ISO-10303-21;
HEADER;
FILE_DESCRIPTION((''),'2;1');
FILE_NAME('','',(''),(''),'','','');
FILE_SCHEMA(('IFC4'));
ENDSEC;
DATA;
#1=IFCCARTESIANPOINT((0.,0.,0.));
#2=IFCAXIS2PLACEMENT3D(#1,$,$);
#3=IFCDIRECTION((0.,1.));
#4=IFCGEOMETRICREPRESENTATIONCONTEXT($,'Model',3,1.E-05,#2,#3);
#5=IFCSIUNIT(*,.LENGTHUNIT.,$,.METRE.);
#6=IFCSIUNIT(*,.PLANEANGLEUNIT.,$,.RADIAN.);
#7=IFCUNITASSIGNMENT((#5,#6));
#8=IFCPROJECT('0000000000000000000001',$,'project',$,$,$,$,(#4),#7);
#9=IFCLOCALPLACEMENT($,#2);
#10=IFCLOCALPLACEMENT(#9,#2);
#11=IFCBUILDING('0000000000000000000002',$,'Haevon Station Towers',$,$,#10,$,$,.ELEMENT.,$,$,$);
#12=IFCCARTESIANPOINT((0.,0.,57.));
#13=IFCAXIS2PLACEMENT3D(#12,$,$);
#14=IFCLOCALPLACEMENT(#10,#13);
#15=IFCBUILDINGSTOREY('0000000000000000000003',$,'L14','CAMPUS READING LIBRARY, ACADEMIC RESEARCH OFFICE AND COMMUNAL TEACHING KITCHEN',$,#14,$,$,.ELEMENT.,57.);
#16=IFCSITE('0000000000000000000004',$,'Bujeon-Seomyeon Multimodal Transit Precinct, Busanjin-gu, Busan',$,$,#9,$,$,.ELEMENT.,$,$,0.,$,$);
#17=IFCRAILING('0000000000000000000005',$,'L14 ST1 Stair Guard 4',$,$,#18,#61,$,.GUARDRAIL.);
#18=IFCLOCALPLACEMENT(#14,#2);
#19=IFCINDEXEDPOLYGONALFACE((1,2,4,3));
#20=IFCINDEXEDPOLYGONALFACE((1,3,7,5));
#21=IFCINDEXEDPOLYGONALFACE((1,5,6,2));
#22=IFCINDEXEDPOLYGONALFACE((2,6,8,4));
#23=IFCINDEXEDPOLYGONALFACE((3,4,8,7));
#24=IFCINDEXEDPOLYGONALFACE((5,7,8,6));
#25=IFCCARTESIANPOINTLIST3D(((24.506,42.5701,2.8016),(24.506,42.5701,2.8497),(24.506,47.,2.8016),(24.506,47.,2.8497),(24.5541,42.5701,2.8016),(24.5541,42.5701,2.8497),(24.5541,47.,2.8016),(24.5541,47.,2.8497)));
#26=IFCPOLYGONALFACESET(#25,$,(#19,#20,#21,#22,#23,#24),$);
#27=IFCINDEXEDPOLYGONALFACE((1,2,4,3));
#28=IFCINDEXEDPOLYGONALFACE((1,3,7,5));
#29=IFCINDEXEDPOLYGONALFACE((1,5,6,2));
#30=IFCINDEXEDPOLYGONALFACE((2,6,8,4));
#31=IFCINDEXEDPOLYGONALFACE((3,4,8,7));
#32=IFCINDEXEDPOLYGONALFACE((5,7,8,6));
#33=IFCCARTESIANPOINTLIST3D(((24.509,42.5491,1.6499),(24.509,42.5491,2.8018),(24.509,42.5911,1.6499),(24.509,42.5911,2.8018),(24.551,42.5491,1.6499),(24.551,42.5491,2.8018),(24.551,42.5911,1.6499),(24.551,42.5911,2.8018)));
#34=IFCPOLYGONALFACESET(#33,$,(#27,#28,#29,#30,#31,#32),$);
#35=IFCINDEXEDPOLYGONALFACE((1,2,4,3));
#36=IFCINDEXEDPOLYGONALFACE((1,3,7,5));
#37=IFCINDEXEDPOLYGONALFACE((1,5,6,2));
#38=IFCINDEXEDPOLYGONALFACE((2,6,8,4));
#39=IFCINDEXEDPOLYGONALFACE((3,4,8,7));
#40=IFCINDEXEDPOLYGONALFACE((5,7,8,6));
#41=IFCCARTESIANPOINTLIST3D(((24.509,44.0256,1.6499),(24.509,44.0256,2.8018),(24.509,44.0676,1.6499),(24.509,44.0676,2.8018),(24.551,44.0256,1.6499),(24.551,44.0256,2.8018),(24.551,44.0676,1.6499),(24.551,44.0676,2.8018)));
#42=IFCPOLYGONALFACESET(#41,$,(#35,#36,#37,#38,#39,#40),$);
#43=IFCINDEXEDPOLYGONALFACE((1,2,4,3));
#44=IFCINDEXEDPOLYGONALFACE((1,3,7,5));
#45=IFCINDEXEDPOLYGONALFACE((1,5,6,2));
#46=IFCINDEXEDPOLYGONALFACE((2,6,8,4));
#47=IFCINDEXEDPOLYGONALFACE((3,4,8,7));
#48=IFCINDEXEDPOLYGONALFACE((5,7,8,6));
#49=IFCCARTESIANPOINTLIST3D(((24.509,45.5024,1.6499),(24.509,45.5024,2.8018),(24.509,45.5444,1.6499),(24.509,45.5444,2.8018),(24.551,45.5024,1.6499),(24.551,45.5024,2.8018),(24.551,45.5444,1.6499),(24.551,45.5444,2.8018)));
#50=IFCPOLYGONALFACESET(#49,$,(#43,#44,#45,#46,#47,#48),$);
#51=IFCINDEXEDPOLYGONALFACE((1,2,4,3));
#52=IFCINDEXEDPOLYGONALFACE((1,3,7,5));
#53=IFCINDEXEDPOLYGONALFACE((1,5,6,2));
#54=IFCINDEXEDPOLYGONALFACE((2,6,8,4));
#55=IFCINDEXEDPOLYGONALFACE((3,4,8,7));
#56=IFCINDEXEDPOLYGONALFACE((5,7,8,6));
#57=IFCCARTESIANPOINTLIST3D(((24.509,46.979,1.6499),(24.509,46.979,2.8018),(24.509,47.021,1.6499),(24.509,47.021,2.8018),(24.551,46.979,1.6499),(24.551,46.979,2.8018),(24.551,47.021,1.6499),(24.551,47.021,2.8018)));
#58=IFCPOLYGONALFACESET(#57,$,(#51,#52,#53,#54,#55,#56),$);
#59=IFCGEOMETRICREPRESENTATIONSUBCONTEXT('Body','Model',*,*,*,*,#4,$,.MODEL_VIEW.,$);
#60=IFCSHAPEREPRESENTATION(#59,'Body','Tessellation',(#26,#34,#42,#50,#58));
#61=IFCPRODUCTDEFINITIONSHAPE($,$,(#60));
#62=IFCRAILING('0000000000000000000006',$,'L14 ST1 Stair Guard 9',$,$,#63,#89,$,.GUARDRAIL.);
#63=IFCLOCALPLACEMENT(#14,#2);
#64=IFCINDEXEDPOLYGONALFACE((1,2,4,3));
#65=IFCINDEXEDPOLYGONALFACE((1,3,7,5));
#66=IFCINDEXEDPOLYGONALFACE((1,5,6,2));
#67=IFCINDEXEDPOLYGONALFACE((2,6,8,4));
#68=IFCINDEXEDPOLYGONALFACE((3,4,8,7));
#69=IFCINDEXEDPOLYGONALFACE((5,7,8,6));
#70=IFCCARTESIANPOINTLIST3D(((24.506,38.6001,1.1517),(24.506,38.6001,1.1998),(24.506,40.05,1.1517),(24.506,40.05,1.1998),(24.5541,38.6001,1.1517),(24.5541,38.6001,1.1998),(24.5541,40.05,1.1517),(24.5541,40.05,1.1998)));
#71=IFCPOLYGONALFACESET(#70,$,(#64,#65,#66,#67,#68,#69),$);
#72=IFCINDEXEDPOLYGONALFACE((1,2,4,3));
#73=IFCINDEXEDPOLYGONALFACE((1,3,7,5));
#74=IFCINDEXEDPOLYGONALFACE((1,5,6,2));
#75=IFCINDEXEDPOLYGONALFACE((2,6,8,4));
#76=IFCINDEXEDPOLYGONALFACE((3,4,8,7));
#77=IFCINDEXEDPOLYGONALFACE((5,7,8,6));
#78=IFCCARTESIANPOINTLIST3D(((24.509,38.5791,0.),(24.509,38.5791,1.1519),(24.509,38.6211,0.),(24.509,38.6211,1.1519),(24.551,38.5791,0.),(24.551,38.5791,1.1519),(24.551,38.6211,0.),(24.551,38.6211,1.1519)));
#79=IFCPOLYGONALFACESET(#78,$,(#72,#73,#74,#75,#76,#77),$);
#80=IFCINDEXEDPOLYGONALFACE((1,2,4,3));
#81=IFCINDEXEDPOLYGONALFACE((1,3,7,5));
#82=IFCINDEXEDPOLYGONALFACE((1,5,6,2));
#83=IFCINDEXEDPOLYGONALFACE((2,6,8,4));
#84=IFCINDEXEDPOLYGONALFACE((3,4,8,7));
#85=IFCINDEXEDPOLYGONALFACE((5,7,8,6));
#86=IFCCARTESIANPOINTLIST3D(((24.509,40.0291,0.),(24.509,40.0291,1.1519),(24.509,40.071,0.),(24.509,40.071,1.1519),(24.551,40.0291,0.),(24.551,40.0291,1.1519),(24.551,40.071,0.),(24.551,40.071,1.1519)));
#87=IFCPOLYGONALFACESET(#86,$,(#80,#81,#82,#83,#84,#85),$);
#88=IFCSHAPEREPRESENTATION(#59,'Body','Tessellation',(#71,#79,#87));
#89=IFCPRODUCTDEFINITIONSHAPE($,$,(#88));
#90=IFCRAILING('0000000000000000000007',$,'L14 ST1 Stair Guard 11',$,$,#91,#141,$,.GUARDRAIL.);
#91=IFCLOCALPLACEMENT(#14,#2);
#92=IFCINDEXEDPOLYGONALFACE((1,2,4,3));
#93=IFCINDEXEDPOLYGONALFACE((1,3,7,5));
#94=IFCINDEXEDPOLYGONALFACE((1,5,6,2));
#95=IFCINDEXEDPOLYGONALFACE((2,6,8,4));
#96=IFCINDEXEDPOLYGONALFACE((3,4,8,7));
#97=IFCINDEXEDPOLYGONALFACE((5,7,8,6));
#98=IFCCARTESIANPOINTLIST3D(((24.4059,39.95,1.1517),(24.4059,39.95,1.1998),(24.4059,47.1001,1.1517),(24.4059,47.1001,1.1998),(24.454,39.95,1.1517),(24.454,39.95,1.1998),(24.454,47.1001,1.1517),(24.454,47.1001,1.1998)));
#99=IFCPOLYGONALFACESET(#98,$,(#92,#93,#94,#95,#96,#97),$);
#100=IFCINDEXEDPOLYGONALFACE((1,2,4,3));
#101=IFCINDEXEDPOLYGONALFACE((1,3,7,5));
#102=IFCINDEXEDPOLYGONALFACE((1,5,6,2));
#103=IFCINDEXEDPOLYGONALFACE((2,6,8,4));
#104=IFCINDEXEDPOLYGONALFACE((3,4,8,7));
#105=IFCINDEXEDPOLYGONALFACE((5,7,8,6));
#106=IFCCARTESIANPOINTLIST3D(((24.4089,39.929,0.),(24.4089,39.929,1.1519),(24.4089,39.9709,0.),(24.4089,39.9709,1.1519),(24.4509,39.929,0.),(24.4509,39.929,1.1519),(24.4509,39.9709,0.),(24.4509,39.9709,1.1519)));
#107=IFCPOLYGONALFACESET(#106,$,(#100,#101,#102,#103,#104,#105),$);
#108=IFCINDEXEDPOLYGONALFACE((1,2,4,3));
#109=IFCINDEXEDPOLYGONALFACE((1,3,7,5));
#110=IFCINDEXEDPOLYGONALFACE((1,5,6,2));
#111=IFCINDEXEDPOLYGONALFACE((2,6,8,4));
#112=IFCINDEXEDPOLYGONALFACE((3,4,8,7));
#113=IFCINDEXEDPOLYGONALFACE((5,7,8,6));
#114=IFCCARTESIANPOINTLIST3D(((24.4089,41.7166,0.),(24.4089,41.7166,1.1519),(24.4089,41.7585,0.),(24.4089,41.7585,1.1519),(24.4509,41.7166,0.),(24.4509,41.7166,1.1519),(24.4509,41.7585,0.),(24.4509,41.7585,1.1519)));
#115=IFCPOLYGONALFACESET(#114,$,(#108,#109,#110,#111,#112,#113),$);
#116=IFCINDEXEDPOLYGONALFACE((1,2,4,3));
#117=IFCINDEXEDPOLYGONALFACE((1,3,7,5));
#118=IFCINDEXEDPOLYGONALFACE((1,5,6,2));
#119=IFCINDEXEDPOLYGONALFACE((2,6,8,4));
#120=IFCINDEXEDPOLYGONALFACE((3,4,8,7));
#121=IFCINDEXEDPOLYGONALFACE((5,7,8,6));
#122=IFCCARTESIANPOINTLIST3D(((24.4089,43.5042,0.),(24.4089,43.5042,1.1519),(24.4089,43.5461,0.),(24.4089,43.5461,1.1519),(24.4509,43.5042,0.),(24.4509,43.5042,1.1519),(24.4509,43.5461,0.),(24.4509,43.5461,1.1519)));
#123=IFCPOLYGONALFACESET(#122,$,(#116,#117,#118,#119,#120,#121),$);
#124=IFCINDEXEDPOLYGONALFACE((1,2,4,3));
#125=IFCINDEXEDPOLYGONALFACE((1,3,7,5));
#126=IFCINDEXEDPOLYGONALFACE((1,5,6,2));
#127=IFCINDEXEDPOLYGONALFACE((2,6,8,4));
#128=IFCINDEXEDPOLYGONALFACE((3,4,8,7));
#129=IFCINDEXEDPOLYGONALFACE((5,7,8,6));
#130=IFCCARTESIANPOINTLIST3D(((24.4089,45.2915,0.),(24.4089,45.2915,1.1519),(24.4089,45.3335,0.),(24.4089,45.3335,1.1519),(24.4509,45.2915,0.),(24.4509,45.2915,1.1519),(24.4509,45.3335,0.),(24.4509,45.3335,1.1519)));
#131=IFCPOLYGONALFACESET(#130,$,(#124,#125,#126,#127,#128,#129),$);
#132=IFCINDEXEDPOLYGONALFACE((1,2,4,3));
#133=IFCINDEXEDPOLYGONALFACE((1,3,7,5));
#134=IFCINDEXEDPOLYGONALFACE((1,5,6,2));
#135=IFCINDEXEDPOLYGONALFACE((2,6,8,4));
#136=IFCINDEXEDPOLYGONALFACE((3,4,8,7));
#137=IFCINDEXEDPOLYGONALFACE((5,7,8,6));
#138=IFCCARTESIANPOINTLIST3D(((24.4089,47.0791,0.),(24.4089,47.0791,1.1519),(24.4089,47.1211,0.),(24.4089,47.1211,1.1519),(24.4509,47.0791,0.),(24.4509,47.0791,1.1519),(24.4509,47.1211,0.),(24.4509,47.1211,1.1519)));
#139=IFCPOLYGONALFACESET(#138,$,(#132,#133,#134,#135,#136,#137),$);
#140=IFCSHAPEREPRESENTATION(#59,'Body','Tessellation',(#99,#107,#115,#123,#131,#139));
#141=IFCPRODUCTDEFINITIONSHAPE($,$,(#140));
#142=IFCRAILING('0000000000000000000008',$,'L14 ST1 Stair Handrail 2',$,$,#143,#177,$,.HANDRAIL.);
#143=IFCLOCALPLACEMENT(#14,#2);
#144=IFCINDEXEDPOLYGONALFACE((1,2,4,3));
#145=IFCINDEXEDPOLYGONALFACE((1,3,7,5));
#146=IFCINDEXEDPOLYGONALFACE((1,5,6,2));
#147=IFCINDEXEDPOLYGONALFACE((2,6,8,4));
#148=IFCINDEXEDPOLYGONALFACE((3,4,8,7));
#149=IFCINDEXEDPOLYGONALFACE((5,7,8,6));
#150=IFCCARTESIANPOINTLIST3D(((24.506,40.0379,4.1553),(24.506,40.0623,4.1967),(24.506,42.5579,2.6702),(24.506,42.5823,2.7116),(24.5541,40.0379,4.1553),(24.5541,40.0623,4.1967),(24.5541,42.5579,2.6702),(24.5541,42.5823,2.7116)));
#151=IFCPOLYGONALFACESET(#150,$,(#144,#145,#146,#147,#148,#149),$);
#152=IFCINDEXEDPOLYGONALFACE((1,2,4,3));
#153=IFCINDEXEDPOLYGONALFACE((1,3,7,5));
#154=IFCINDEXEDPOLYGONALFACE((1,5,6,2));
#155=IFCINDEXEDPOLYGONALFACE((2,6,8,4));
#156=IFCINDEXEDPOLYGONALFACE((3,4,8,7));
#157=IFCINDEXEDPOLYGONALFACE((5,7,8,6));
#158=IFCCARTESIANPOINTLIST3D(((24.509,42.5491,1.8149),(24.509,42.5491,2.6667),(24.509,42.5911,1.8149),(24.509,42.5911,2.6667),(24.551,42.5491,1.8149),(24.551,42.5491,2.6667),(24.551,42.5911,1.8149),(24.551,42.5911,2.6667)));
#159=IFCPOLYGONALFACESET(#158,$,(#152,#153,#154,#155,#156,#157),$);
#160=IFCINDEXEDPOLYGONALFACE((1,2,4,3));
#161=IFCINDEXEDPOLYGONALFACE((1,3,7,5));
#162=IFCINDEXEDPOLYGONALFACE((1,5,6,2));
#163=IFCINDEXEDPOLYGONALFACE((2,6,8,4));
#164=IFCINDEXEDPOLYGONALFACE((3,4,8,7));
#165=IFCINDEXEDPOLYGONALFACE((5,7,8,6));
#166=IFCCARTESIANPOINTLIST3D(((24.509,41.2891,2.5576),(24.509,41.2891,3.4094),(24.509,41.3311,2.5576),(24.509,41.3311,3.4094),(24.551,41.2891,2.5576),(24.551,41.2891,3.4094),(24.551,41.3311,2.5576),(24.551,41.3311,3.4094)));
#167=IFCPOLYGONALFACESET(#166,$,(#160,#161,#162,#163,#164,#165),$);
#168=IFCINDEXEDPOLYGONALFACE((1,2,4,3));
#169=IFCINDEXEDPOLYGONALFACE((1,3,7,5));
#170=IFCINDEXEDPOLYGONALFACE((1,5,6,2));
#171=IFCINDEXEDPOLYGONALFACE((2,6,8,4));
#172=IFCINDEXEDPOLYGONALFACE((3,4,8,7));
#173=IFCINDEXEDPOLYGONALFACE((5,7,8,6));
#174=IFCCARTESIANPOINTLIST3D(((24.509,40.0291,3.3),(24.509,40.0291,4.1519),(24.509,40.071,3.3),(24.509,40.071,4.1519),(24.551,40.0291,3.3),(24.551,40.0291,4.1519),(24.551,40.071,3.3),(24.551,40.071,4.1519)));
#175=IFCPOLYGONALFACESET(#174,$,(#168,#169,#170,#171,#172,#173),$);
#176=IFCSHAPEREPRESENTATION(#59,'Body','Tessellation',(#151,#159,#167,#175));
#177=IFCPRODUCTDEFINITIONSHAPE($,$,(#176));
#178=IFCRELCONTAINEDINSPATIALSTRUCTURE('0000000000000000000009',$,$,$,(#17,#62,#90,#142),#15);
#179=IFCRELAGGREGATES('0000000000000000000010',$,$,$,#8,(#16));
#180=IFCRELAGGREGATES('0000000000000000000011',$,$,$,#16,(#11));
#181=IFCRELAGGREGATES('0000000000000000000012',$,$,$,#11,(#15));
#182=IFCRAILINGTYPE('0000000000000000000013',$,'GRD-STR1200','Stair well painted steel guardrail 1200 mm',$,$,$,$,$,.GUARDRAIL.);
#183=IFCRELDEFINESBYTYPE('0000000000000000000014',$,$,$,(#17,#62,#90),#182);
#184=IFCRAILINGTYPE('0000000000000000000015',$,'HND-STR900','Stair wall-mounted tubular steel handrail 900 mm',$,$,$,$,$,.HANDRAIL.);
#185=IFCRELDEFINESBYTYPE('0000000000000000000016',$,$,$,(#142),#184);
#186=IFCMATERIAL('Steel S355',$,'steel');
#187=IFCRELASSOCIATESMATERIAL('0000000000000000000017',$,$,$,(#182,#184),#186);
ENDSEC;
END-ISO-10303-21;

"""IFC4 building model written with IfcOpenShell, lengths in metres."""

from ifc_helpers import new_model, si_unit, direction, frame, origin, origin_2d, place, context, subcontext, project, spatial, rectangle, extrude, material, type_object, element, save


model = new_model("IFC4")

# Units and contexts
model_context = context("Model", 3, precision=1e-05, world=origin(), true_north=direction((0.0, 1.0)))
body_context = subcontext(model_context, "Body", "Model", "MODEL_VIEW")
ifc_project = project(units=[si_unit("LENGTHUNIT", "METRE"), si_unit("PLANEANGLEUNIT", "RADIAN")], contexts=[model_context])

# Site, building, storey
site_placement = place(None, origin())
site = spatial("IfcSite", under=ifc_project, at=site_placement, Name="Bujeon-Seomyeon Multimodal Transit Precinct, Busanjin-gu, Busan", CompositionType="ELEMENT", RefElevation=0.0)
building_placement = place(site_placement, origin())
building = spatial("IfcBuilding", under=site, at=building_placement, Name="Haevon Station Towers", CompositionType="ELEMENT")
storey_placement = place(building_placement, frame((0.0, 0.0, 57.0)))
storey = spatial("IfcBuildingStorey", under=building, at=storey_placement, Name="L14", Description="CAMPUS READING LIBRARY, ACADEMIC RESEARCH OFFICE AND COMMUNAL TEACHING KITCHEN", CompositionType="ELEMENT", Elevation=57.0)

# Shared definitions
ifc_material_1 = material(Name="Steel S355", Category="steel")

# Railings
railing_type_1 = type_object("IfcRailingType", Name="GRD-STR1200", Description="Stair well painted steel guardrail 1200 mm", PredefinedType="GUARDRAIL", material=ifc_material_1)
railing_1_placement = place(storey_placement, frame((24.53, 42.5701, 1.6499)))
element("IfcRailing", 1, at=railing_1_placement, inside=storey, type_object=railing_type_1, Name="L14 ST1 Stair Guard 4", PredefinedType="GUARDRAIL", context=body_context, shape_type="SweptSolid", body=[
    extrude(rectangle(XDim=0.0481, YDim=0.0481, at=origin_2d()), frame((0.0, 0.0, 1.1758), z_axis=(0.0, 1.0, 0.0), x_axis=(-1.0, 0.0, 0.0)), (0.0, 0.0, 1.0), 4.4299),
    extrude(rectangle(XDim=0.042, YDim=0.042, at=origin_2d()), origin(), (0.0, 0.0, 1.0), 1.1519),
    extrude(rectangle(XDim=0.042, YDim=0.042, at=origin_2d()), frame((0.0, 1.4766, 0.0)), (0.0, 0.0, 1.0), 1.1519),
    extrude(rectangle(XDim=0.042, YDim=0.042, at=origin_2d()), frame((0.0, 2.9534, 0.0)), (0.0, 0.0, 1.0), 1.1519),
    extrude(rectangle(XDim=0.042, YDim=0.042, at=origin_2d()), frame((0.0, 4.4299, 0.0)), (0.0, 0.0, 1.0), 1.1519),
])
railing_2_placement = place(storey_placement, frame((24.53, 38.6001, 0.0)))
element("IfcRailing", 2, at=railing_2_placement, inside=storey, type_object=railing_type_1, Name="L14 ST1 Stair Guard 9", PredefinedType="GUARDRAIL", context=body_context, shape_type="SweptSolid", body=[
    extrude(rectangle(XDim=0.0481, YDim=0.0481, at=origin_2d()), frame((0.0, 0.0, 1.1758), z_axis=(0.0, 1.0, 0.0), x_axis=(-1.0, 0.0, 0.0)), (0.0, 0.0, 1.0), 1.45),
    extrude(rectangle(XDim=0.042, YDim=0.042, at=origin_2d()), origin(), (0.0, 0.0, 1.0), 1.1519),
    extrude(rectangle(XDim=0.042, YDim=0.042, at=origin_2d()), frame((0.0, 1.45, 0.0)), (0.0, 0.0, 1.0), 1.1519),
])
railing_3_placement = place(storey_placement, frame((24.4299, 39.95, 0.0)))
element("IfcRailing", 3, at=railing_3_placement, inside=storey, type_object=railing_type_1, Name="L14 ST1 Stair Guard 11", PredefinedType="GUARDRAIL", context=body_context, shape_type="SweptSolid", body=[
    extrude(rectangle(XDim=0.0481, YDim=0.0481, at=origin_2d()), frame((0.0, 0.0, 1.1758), z_axis=(0.0, 1.0, 0.0), x_axis=(-1.0, 0.0, 0.0)), (0.0, 0.0, 1.0), 7.1501),
    extrude(rectangle(XDim=0.042, YDim=0.042, at=origin_2d()), origin(), (0.0, 0.0, 1.0), 1.1519),
    extrude(rectangle(XDim=0.042, YDim=0.042, at=origin_2d()), frame((0.0, 1.7876, 0.0)), (0.0, 0.0, 1.0), 1.1519),
    extrude(rectangle(XDim=0.042, YDim=0.042, at=origin_2d()), frame((0.0, 3.5752, 0.0)), (0.0, 0.0, 1.0), 1.1519),
    extrude(rectangle(XDim=0.042, YDim=0.042, at=origin_2d()), frame((0.0, 5.3625, 0.0)), (0.0, 0.0, 1.0), 1.1519),
    extrude(rectangle(XDim=0.042, YDim=0.042, at=origin_2d()), frame((0.0, 7.1501, 0.0)), (0.0, 0.0, 1.0), 1.1519),
])
railing_type_2 = type_object("IfcRailingType", Name="HND-STR900", Description="Stair wall-mounted tubular steel handrail 900 mm", PredefinedType="HANDRAIL", material=ifc_material_1)
railing_4_placement = place(storey_placement, frame((24.53, 42.5701, 1.8149)))
element("IfcRailing", 4, at=railing_4_placement, inside=storey, type_object=railing_type_2, Name="L14 ST1 Stair Handrail 2", PredefinedType="HANDRAIL", context=body_context, shape_type="SweptSolid", body=[
    extrude(rectangle(XDim=0.0481, YDim=0.0481, at=origin_2d()), frame((0.0, 0.0, 0.876), z_axis=(0.0, -0.861524, 0.507717), x_axis=(1.0, 0.0, 0.0)), (0.0, 0.0, 1.0), 2.925),
    extrude(rectangle(XDim=0.042, YDim=0.042, at=origin_2d()), origin(), (0.0, 0.0, 1.0), 0.8518),
    extrude(rectangle(XDim=0.042, YDim=0.042, at=origin_2d()), frame((0.0, -1.26, 0.7427)), (0.0, 0.0, 1.0), 0.8518),
    extrude(rectangle(XDim=0.042, YDim=0.042, at=origin_2d()), frame((0.0, -2.52, 1.4851)), (0.0, 0.0, 1.0), 0.8518),
])

save(model, "model.ifc")
